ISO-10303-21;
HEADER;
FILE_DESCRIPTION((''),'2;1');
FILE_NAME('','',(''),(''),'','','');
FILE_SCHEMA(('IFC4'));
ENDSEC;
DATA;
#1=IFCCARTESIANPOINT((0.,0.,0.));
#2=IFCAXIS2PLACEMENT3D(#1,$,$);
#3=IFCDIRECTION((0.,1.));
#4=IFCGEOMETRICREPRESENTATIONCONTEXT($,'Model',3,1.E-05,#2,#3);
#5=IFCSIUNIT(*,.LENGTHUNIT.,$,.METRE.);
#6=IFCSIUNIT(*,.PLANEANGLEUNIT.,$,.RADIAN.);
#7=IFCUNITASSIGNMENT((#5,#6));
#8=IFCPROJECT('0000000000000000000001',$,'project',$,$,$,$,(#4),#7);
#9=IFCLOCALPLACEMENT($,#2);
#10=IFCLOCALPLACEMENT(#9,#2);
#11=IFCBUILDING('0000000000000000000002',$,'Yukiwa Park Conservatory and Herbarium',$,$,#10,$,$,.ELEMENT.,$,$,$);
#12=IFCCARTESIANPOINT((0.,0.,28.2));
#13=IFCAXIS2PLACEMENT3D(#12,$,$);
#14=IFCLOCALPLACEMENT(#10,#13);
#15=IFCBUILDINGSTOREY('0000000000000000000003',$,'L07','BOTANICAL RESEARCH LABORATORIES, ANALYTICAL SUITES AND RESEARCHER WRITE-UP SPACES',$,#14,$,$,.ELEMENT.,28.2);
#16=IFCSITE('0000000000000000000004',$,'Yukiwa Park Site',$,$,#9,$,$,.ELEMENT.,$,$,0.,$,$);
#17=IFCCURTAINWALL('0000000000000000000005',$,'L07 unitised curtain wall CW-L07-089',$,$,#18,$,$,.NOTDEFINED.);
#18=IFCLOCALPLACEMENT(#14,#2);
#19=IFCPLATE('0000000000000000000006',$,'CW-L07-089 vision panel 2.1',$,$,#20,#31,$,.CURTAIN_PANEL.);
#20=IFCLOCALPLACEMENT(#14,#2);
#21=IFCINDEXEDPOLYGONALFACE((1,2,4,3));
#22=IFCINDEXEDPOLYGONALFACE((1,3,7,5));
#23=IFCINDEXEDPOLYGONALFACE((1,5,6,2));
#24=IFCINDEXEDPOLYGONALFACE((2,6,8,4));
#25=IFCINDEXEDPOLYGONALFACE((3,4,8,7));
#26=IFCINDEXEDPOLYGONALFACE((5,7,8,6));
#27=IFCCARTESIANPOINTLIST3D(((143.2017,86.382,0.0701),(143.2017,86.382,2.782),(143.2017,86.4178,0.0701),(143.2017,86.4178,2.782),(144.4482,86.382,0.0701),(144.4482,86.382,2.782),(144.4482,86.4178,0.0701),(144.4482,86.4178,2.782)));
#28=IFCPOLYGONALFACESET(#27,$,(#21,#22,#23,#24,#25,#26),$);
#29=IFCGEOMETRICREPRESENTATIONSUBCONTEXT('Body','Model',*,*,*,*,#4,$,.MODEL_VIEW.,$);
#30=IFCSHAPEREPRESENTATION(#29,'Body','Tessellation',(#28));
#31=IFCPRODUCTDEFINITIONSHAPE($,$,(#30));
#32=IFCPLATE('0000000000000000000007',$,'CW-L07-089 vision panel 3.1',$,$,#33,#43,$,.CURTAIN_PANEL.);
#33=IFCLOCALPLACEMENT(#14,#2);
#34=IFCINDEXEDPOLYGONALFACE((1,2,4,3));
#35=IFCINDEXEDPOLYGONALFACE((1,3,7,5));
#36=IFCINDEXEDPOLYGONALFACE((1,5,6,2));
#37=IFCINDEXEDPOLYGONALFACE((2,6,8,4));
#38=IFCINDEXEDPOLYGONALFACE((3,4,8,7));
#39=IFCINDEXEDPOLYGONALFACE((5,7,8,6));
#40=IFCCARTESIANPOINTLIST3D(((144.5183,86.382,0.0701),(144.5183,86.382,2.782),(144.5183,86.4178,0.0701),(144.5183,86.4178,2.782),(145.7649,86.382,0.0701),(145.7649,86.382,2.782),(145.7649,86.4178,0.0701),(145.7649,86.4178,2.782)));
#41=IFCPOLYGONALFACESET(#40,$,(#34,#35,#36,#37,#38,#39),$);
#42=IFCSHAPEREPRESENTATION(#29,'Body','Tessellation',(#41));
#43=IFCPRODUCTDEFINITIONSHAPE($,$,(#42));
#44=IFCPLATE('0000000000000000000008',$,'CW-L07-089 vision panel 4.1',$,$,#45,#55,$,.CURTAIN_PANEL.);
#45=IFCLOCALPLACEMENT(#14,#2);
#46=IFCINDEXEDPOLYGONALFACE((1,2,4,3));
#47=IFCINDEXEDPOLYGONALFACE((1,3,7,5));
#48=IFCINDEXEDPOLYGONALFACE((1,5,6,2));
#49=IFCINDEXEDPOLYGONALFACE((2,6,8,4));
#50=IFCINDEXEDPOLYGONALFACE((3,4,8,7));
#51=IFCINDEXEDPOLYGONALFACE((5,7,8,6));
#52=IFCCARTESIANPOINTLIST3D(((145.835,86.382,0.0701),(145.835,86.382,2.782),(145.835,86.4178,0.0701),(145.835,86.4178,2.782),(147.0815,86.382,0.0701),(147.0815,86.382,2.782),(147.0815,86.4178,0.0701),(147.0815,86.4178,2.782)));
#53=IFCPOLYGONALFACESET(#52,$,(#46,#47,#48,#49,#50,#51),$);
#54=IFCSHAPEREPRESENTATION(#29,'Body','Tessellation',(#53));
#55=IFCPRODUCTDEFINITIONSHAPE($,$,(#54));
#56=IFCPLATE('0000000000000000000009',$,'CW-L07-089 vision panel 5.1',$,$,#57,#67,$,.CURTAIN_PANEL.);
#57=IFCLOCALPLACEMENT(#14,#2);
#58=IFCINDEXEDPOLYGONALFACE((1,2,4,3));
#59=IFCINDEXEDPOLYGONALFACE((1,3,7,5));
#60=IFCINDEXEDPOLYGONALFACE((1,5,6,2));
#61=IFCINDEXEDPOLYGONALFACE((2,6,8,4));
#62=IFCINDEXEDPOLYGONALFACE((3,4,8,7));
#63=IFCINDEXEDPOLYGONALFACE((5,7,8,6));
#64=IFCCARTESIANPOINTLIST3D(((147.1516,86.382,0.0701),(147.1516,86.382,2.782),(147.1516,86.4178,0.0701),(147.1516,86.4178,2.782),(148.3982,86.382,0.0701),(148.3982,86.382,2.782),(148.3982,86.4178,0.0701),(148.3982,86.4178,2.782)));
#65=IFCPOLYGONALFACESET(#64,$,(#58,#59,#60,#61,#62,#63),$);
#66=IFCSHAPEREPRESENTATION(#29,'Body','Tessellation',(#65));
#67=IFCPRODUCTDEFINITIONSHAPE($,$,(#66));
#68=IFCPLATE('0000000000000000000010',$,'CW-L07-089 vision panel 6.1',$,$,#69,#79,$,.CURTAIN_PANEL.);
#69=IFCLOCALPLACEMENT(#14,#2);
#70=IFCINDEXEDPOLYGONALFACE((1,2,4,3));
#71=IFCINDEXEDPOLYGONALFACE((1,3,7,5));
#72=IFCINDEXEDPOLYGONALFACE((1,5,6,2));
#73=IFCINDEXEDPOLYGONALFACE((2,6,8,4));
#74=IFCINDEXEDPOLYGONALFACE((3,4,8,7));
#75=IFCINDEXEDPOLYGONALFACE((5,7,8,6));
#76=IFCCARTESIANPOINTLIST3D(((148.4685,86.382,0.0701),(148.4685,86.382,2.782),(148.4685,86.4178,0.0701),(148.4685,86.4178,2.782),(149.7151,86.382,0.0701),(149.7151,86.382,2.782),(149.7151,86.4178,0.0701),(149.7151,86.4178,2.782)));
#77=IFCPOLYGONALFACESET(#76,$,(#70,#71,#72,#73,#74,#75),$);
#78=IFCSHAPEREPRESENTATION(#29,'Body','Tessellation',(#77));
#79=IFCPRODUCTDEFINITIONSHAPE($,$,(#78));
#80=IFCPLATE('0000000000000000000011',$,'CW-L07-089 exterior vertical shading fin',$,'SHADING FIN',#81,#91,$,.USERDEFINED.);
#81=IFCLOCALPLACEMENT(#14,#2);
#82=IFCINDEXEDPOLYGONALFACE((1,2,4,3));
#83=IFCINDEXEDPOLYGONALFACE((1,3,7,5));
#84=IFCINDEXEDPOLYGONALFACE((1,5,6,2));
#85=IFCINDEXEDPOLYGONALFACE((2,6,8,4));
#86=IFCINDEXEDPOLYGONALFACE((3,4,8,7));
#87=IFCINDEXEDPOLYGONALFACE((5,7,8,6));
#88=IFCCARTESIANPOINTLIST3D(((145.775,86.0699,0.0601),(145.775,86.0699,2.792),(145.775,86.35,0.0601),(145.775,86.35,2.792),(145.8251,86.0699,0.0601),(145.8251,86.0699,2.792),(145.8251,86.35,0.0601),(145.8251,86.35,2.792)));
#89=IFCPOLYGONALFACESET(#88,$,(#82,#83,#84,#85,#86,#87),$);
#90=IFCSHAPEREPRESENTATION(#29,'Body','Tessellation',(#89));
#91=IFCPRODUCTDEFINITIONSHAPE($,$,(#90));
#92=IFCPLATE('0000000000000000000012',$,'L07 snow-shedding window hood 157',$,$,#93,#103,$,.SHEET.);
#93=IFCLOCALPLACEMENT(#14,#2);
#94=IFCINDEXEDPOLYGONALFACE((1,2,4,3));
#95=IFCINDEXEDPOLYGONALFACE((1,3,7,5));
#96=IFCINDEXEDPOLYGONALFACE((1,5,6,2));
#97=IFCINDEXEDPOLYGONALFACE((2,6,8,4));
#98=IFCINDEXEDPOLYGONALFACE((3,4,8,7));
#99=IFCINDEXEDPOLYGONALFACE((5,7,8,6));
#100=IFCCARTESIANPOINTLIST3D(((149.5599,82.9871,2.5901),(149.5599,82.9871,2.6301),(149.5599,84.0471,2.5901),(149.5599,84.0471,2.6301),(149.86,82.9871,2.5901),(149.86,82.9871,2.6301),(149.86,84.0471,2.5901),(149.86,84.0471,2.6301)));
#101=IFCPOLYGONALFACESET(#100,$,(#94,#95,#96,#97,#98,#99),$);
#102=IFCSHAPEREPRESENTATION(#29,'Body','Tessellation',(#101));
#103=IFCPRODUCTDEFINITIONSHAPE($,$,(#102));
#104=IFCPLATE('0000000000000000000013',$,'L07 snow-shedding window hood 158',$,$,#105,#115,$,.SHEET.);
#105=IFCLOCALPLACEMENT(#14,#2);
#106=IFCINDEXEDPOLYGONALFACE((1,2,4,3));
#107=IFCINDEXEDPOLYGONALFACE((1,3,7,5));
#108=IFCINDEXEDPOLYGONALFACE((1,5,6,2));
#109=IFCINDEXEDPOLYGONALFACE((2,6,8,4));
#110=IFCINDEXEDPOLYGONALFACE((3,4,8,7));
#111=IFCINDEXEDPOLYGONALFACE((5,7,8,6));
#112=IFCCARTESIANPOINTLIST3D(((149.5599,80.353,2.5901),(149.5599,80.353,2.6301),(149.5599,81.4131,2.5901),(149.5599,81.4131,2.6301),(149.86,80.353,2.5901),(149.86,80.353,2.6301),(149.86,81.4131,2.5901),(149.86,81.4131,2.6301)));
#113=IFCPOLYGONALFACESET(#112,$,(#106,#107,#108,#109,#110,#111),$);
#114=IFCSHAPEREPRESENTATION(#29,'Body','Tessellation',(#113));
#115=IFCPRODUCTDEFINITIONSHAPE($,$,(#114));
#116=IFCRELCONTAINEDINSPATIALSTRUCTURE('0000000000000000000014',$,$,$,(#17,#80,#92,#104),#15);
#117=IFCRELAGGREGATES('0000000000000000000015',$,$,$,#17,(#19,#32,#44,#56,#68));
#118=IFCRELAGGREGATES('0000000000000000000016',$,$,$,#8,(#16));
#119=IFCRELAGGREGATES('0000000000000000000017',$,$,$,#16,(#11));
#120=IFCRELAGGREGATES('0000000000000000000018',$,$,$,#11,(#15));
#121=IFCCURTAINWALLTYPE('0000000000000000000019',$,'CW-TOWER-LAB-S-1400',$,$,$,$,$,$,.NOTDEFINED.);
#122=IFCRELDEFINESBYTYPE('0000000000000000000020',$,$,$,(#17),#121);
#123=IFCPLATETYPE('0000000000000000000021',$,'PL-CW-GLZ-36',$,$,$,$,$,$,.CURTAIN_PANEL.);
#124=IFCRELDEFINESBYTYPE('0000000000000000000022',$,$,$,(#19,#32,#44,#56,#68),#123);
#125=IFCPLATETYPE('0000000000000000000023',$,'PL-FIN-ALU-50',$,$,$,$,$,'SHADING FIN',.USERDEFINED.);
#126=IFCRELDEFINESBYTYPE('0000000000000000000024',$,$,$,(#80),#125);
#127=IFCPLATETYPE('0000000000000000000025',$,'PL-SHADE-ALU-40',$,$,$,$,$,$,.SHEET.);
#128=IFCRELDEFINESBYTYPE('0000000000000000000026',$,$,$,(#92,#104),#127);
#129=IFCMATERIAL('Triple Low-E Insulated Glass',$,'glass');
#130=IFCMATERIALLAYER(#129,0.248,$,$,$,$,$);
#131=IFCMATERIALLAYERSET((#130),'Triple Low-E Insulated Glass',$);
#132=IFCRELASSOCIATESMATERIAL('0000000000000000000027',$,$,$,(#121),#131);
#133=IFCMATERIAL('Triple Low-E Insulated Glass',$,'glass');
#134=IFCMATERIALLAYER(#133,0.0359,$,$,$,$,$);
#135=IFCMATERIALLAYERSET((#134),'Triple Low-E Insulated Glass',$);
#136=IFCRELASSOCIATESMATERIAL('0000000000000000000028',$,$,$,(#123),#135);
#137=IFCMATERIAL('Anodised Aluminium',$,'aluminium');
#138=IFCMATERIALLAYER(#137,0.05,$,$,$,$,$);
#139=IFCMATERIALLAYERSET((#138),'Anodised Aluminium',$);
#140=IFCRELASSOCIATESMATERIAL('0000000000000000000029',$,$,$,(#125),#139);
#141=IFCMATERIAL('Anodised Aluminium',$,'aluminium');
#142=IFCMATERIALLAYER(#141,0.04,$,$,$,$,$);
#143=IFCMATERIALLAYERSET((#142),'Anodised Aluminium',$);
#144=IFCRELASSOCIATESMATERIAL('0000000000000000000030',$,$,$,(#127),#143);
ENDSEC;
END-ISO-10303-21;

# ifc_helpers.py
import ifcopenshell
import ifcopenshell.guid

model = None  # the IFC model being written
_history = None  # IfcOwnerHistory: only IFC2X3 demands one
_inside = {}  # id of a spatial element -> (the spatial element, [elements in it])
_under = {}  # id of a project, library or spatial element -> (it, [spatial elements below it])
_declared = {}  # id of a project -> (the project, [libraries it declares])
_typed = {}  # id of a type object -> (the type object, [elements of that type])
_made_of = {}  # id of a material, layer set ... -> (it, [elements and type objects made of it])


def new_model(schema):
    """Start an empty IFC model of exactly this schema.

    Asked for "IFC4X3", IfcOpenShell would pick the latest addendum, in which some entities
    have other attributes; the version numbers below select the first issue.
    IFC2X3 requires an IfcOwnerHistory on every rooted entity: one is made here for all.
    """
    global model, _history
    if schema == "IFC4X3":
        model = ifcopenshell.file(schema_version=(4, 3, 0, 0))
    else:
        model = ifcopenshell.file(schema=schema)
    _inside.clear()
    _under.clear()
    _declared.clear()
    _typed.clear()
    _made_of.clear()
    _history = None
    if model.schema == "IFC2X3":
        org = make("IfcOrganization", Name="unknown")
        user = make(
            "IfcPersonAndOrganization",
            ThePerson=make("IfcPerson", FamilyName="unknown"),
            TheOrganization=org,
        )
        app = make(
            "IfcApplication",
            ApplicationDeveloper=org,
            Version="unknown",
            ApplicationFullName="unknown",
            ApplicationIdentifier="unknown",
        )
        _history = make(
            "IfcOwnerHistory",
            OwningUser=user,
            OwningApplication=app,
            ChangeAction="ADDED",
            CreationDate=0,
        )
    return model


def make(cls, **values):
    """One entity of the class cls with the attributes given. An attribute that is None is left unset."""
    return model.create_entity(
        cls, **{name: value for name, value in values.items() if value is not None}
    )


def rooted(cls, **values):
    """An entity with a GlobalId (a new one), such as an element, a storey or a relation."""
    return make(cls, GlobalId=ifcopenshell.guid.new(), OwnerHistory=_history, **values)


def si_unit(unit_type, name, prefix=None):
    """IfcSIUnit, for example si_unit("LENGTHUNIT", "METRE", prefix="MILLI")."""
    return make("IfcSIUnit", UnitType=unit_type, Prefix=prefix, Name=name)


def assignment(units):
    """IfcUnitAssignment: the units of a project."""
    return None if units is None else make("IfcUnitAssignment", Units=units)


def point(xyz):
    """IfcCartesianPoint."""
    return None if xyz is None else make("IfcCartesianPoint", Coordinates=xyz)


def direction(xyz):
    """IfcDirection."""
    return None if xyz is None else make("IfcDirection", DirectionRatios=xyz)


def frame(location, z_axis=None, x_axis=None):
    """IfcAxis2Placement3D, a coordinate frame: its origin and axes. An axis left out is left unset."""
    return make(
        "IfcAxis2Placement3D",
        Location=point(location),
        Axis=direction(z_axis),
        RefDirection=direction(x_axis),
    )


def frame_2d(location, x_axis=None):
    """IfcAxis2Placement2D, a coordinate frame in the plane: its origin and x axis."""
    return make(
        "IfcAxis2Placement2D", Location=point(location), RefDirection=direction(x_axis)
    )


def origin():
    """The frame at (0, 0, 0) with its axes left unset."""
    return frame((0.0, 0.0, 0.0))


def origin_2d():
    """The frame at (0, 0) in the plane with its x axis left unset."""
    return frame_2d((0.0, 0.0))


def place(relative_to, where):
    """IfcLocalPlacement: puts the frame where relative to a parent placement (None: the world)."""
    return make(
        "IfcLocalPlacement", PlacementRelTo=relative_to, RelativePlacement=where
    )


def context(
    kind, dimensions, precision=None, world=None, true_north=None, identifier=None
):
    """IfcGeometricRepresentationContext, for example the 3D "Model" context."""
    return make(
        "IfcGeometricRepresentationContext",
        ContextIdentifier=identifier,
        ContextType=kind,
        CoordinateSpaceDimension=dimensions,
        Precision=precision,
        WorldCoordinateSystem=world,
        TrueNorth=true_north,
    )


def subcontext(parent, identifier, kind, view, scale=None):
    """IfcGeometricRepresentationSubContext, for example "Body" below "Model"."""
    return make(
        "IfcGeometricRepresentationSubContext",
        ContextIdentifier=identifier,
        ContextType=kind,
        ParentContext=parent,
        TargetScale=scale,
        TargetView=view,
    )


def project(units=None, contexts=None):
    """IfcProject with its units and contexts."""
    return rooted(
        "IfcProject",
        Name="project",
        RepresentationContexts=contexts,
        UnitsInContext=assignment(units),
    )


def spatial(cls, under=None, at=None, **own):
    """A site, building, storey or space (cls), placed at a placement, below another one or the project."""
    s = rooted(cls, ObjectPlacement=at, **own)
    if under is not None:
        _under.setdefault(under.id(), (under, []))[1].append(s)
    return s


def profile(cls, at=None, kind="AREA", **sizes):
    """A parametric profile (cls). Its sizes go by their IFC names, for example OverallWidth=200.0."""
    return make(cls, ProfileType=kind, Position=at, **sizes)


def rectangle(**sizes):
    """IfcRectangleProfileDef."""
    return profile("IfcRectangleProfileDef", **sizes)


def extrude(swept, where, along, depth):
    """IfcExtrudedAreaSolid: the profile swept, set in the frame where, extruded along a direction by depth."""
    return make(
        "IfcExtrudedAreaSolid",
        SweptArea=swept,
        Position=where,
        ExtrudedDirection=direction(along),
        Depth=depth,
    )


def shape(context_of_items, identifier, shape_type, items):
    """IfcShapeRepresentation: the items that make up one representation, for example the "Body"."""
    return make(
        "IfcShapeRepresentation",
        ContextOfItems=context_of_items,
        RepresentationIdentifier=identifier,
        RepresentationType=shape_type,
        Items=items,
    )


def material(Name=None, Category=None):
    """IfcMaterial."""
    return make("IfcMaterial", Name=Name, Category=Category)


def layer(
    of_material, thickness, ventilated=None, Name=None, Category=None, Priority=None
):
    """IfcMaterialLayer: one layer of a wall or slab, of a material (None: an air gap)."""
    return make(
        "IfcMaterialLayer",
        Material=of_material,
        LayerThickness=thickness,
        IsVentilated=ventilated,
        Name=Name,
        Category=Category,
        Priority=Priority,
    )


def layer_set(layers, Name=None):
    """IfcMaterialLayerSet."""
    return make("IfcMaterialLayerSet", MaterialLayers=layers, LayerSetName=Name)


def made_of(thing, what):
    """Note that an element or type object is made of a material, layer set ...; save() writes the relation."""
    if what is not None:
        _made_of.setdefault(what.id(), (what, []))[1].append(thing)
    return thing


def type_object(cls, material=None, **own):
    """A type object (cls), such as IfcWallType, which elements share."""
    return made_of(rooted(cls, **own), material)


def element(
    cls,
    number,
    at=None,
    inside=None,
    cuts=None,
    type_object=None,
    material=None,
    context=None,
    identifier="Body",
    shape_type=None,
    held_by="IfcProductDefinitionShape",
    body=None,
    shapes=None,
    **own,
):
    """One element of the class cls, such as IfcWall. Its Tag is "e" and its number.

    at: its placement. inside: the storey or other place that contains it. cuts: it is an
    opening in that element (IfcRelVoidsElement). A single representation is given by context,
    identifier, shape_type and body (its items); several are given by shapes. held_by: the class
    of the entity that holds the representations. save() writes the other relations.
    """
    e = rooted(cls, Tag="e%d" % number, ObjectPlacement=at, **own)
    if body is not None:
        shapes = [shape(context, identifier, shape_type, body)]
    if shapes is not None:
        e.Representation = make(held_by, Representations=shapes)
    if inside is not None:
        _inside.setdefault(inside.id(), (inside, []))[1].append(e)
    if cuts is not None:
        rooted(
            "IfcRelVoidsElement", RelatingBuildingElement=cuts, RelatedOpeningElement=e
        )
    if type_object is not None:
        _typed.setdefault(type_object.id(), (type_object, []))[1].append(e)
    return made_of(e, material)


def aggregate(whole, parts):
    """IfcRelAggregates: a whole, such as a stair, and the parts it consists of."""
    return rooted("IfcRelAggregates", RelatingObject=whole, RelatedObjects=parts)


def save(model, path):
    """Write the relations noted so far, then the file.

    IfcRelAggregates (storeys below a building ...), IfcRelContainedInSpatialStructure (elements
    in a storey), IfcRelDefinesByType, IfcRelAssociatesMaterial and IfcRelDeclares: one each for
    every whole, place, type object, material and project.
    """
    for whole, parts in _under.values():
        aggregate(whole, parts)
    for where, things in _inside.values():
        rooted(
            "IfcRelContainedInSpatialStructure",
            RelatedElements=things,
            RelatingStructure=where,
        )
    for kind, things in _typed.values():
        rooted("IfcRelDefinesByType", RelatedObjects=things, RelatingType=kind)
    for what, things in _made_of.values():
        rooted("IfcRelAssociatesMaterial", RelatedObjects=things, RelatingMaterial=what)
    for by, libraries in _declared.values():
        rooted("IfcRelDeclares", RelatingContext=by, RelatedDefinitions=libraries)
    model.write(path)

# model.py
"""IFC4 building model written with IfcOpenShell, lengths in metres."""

from ifc_helpers import new_model, si_unit, direction, frame, origin, origin_2d, place, context, subcontext, project, spatial, rectangle, extrude, material, layer, layer_set, type_object, element, aggregate, save


model = new_model("IFC4")

# Units and contexts
model_context = context("Model", 3, precision=1e-05, world=origin(), true_north=direction((0.0, 1.0)))
body_context = subcontext(model_context, "Body", "Model", "MODEL_VIEW")
ifc_project = project(units=[si_unit("LENGTHUNIT", "METRE"), si_unit("PLANEANGLEUNIT", "RADIAN")], contexts=[model_context])

# Site, building, storey
site_placement = place(None, origin())
site = spatial("IfcSite", under=ifc_project, at=site_placement, Name="Yukiwa Park Site", CompositionType="ELEMENT", RefElevation=0.0)
building_placement = place(site_placement, origin())
building = spatial("IfcBuilding", under=site, at=building_placement, Name="Yukiwa Park Conservatory and Herbarium", CompositionType="ELEMENT")
storey_placement = place(building_placement, frame((0.0, 0.0, 28.2)))
storey = spatial("IfcBuildingStorey", under=building, at=storey_placement, Name="L07", Description="BOTANICAL RESEARCH LABORATORIES, ANALYTICAL SUITES AND RESEARCHER WRITE-UP SPACES", CompositionType="ELEMENT", Elevation=28.2)

# Curtain wall, plates
ifc_material_1 = material(Name="Triple Low-E Insulated Glass", Category="glass")
ifc_layer_1 = layer(ifc_material_1, 0.248)
ifc_layer_set_1 = layer_set([ifc_layer_1], Name="Triple Low-E Insulated Glass")
curtain_wall_type = type_object("IfcCurtainWallType", Name="CW-TOWER-LAB-S-1400", PredefinedType="NOTDEFINED", material=ifc_layer_set_1)
curtain_wall_placement = place(storey_placement, origin())
curtain_wall = element("IfcCurtainWall", 1, at=curtain_wall_placement, inside=storey, type_object=curtain_wall_type, Name="L07 unitised curtain wall CW-L07-089", PredefinedType="NOTDEFINED")
ifc_material_2 = material(Name="Triple Low-E Insulated Glass", Category="glass")
ifc_layer_2 = layer(ifc_material_2, 0.0359)
ifc_layer_set_2 = layer_set([ifc_layer_2], Name="Triple Low-E Insulated Glass")
plate_type_1 = type_object("IfcPlateType", Name="PL-CW-GLZ-36", PredefinedType="CURTAIN_PANEL", material=ifc_layer_set_2)
plate_1_placement = place(storey_placement, frame((143.825, 86.3999, 0.0701), z_axis=(0.0, 0.0, 1.0), x_axis=(1.0, 0.0, 0.0)))
plate_1 = element("IfcPlate", 2, at=plate_1_placement, type_object=plate_type_1, Name="CW-L07-089 vision panel 2.1", PredefinedType="CURTAIN_PANEL", context=body_context, shape_type="SweptSolid", body=[
    extrude(rectangle(XDim=1.2466, YDim=0.0359, at=origin_2d()), origin(), (0.0, 0.0, 1.0), 2.7119),
])
plate_2_placement = place(storey_placement, frame((145.1416, 86.3999, 0.0701), z_axis=(0.0, 0.0, 1.0), x_axis=(1.0, 0.0, 0.0)))
plate_2 = element("IfcPlate", 3, at=plate_2_placement, type_object=plate_type_1, Name="CW-L07-089 vision panel 3.1", PredefinedType="CURTAIN_PANEL", context=body_context, shape_type="SweptSolid", body=[
    extrude(rectangle(XDim=1.2466, YDim=0.0359, at=origin_2d()), origin(), (0.0, 0.0, 1.0), 2.7119),
])
plate_3_placement = place(storey_placement, frame((146.4583, 86.3999, 0.0701), z_axis=(0.0, 0.0, 1.0), x_axis=(1.0, 0.0, 0.0)))
plate_3 = element("IfcPlate", 4, at=plate_3_placement, type_object=plate_type_1, Name="CW-L07-089 vision panel 4.1", PredefinedType="CURTAIN_PANEL", context=body_context, shape_type="SweptSolid", body=[
    extrude(rectangle(XDim=1.2466, YDim=0.0359, at=origin_2d()), origin(), (0.0, 0.0, 1.0), 2.7119),
])
plate_4_placement = place(storey_placement, frame((147.7749, 86.3999, 0.0701), z_axis=(0.0, 0.0, 1.0), x_axis=(1.0, 0.0, 0.0)))
plate_4 = element("IfcPlate", 5, at=plate_4_placement, type_object=plate_type_1, Name="CW-L07-089 vision panel 5.1", PredefinedType="CURTAIN_PANEL", context=body_context, shape_type="SweptSolid", body=[
    extrude(rectangle(XDim=1.2466, YDim=0.0359, at=origin_2d()), origin(), (0.0, 0.0, 1.0), 2.7119),
])
plate_5_placement = place(storey_placement, frame((149.0918, 86.3999, 0.0701), z_axis=(0.0, 0.0, 1.0), x_axis=(1.0, 0.0, 0.0)))
plate_5 = element("IfcPlate", 6, at=plate_5_placement, type_object=plate_type_1, Name="CW-L07-089 vision panel 6.1", PredefinedType="CURTAIN_PANEL", context=body_context, shape_type="SweptSolid", body=[
    extrude(rectangle(XDim=1.2466, YDim=0.0359, at=origin_2d()), origin(), (0.0, 0.0, 1.0), 2.7119),
])
aggregate(curtain_wall, [plate_1, plate_2, plate_3, plate_4, plate_5])

# Plates
ifc_material_3 = material(Name="Anodised Aluminium", Category="aluminium")
ifc_layer_3 = layer(ifc_material_3, 0.05)
ifc_layer_set_3 = layer_set([ifc_layer_3], Name="Anodised Aluminium")
plate_type_2 = type_object("IfcPlateType", Name="PL-FIN-ALU-50", ElementType="SHADING FIN", PredefinedType="USERDEFINED", material=ifc_layer_set_3)
plate_6_placement = place(storey_placement, frame((145.8, 86.21, 0.0601), z_axis=(0.0, 0.0, 1.0), x_axis=(1.0, 0.0, 0.0)))
element("IfcPlate", 7, at=plate_6_placement, inside=storey, type_object=plate_type_2, Name="CW-L07-089 exterior vertical shading fin", ObjectType="SHADING FIN", PredefinedType="USERDEFINED", context=body_context, shape_type="SweptSolid", body=[
    extrude(rectangle(XDim=0.05, YDim=0.28, at=origin_2d()), origin(), (0.0, 0.0, 1.0), 2.7319),
])
ifc_material_4 = material(Name="Anodised Aluminium", Category="aluminium")
ifc_layer_4 = layer(ifc_material_4, 0.04)
ifc_layer_set_4 = layer_set([ifc_layer_4], Name="Anodised Aluminium")
plate_type_3 = type_object("IfcPlateType", Name="PL-SHADE-ALU-40", PredefinedType="SHEET", material=ifc_layer_set_4)
for number, where, z_axis, x_axis, name in (
    (8, (149.71, 83.5171, 2.5901), (0.0, 0.0, 1.0), (0.0, -1.0, 0.0), "L07 snow-shedding window hood 157"),
    (9, (149.71, 80.8831, 2.5901), (0.0, 0.0, 1.0), (0.0, -1.0, 0.0), "L07 snow-shedding window hood 158"),
):
    element("IfcPlate", number, at=place(storey_placement, frame(where, z_axis=z_axis, x_axis=x_axis)), inside=storey, type_object=plate_type_3, Name=name, PredefinedType="SHEET", context=body_context, shape_type="SweptSolid", body=[
        extrude(rectangle(XDim=1.0601, YDim=0.3, at=origin_2d()), origin(), (0.0, 0.0, 1.0), 0.04),
    ])

save(model, "model.ifc")
